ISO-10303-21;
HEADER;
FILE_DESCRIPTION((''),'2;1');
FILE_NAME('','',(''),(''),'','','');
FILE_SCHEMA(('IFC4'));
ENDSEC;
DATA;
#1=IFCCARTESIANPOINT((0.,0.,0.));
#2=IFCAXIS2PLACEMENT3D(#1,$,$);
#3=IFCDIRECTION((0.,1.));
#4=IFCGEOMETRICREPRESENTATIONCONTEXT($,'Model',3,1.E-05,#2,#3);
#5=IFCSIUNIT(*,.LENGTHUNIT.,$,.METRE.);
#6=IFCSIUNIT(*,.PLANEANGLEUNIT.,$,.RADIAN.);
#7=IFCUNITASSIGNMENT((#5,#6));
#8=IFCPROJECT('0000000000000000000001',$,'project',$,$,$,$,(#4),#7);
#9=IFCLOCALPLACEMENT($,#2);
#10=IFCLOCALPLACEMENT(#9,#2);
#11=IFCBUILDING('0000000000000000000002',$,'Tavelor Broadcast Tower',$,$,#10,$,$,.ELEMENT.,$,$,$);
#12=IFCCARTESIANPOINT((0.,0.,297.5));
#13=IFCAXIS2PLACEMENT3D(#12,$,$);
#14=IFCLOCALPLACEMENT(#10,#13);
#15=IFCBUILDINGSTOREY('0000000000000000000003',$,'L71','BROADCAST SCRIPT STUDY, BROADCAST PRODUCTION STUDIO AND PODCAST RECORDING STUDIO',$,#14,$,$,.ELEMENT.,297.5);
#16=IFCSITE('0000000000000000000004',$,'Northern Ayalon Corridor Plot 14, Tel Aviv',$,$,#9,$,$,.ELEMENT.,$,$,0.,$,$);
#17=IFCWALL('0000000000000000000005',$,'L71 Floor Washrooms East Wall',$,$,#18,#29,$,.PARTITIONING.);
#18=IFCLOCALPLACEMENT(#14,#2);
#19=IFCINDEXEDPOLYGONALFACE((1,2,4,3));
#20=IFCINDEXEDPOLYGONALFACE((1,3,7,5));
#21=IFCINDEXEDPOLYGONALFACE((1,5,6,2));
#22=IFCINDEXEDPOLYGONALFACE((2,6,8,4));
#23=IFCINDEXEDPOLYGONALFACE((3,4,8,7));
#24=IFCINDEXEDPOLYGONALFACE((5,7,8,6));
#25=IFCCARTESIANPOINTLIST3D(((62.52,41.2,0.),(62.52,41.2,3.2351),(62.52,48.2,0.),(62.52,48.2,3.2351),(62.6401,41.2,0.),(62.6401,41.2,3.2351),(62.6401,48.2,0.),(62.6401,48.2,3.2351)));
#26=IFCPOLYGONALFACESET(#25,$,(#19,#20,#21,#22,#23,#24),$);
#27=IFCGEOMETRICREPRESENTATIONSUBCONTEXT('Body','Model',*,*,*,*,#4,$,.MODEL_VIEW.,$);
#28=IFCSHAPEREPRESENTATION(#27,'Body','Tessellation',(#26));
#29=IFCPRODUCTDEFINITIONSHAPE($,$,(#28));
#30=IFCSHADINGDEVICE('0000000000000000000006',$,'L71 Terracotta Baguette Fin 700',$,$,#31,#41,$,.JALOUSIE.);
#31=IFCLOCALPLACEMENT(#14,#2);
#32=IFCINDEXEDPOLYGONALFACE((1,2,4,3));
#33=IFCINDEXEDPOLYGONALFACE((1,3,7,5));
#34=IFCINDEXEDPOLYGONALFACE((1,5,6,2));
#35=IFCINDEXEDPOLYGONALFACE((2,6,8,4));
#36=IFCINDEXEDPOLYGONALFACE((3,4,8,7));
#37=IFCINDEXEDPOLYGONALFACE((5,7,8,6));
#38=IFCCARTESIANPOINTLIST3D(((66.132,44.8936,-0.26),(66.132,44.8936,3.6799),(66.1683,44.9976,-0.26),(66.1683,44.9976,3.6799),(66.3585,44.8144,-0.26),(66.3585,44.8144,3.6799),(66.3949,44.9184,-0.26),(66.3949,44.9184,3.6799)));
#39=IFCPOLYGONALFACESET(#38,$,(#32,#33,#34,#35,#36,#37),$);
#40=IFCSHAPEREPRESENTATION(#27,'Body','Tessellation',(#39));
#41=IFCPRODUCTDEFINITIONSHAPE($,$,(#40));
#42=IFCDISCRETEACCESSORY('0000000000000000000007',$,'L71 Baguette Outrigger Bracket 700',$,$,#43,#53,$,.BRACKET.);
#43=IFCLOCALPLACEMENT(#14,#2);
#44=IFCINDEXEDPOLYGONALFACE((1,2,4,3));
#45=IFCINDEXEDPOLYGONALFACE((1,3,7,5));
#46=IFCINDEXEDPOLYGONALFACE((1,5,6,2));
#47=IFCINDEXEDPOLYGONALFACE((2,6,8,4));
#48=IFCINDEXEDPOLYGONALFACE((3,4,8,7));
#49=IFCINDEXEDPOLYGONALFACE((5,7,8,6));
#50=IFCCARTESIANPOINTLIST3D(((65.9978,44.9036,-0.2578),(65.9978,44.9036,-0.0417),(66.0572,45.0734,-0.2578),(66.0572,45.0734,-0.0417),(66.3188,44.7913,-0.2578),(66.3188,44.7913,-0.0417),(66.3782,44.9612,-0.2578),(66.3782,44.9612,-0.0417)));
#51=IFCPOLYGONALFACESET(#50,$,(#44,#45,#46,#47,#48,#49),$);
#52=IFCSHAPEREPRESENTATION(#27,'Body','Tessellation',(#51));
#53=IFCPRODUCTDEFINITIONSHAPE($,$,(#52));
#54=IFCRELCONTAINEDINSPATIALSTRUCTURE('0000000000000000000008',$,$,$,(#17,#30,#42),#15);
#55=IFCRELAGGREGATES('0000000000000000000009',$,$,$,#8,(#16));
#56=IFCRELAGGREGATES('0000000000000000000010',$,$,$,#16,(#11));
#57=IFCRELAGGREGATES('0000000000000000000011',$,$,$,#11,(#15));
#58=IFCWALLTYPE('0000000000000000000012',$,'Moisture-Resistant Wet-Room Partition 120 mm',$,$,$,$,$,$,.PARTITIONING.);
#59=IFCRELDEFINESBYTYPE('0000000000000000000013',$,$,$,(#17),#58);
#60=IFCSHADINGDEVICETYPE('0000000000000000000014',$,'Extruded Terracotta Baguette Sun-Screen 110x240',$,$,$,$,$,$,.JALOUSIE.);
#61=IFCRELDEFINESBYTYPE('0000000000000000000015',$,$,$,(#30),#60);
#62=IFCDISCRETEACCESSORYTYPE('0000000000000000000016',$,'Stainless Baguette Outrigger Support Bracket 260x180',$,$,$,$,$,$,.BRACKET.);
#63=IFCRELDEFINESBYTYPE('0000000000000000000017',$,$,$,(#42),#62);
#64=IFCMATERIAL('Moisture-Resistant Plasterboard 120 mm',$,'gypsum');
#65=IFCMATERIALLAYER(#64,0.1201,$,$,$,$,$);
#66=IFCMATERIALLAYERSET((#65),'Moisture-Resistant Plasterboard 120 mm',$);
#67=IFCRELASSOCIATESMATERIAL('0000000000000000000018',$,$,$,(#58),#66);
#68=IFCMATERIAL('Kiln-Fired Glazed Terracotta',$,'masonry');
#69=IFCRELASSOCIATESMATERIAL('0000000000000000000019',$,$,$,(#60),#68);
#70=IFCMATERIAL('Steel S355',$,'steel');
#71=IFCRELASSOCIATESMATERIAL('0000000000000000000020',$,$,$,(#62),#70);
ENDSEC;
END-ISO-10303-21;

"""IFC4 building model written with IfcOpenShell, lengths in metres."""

from ifc_helpers import new_model, si_unit, direction, frame, frame_2d, origin, origin_2d, place, context, subcontext, project, spatial, rectangle, extrude, source, transform, mapped, material, layer, layer_set, type_object, type_shapes, element, save


model = new_model("IFC4")

# Units and contexts
model_context = context("Model", 3, precision=1e-05, world=origin(), true_north=direction((0.0, 1.0)))
body_context = subcontext(model_context, "Body", "Model", "MODEL_VIEW")
ifc_project = project(units=[si_unit("LENGTHUNIT", "METRE"), si_unit("PLANEANGLEUNIT", "RADIAN")], contexts=[model_context])

# Site, building, storey
site_placement = place(None, origin())
site = spatial("IfcSite", under=ifc_project, at=site_placement, Name="Northern Ayalon Corridor Plot 14, Tel Aviv", CompositionType="ELEMENT", RefElevation=0.0)
building_placement = place(site_placement, origin())
building = spatial("IfcBuilding", under=site, at=building_placement, Name="Tavelor Broadcast Tower", CompositionType="ELEMENT")
storey_placement = place(building_placement, frame((0.0, 0.0, 297.5)))
storey = spatial("IfcBuildingStorey", under=building, at=storey_placement, Name="L71", Description="BROADCAST SCRIPT STUDY, BROADCAST PRODUCTION STUDIO AND PODCAST RECORDING STUDIO", CompositionType="ELEMENT", Elevation=297.5)

# Shared definitions
ifc_material_1 = material(Name="Steel S355", Category="steel")

# Shared definitions
ifc_material_2 = material(Name="Moisture-Resistant Plasterboard 120 mm", Category="gypsum")
ifc_layer_1 = layer(ifc_material_2, 0.1201)
ifc_layer_set_1 = layer_set([ifc_layer_1], Name="Moisture-Resistant Plasterboard 120 mm")
wall_type_1 = type_object("IfcWallType", Name="Moisture-Resistant Wet-Room Partition 120 mm", PredefinedType="PARTITIONING", material=ifc_layer_set_1)

# Wall
wall_1_placement = place(storey_placement, frame((62.5801, 41.2, 0.0), z_axis=(0.0, 0.0, 1.0), x_axis=(0.0, 1.0, 0.0)))
element("IfcWall", 1, at=wall_1_placement, inside=storey, type_object=wall_type_1, Name="L71 Floor Washrooms East Wall", PredefinedType="PARTITIONING", context=body_context, shape_type="SweptSolid", body=[
    extrude(rectangle(XDim=7.0, YDim=0.1201, at=frame_2d((3.5, 0.0))), origin(), (0.0, 0.0, 1.0), 3.2351),
])

# Shading device
ifc_material_3 = material(Name="Kiln-Fired Glazed Terracotta", Category="masonry")
shading_device_type = type_object("IfcShadingDeviceType", Name="Extruded Terracotta Baguette Sun-Screen 110x240", PredefinedType="JALOUSIE", material=ifc_material_3)
shared_shape_1 = source(origin(), body_context, "Body", "SweptSolid", [
    extrude(rectangle(XDim=0.1101, YDim=0.24, at=origin_2d()), origin(), (0.0, 0.0, 1.0), 3.9399),
])
type_shapes(shading_device_type, [shared_shape_1])
shading_device_placement = place(storey_placement, frame((66.2634, 44.906, -0.26), z_axis=(0.0, 0.0, 1.0), x_axis=(0.33002, 0.943974, 0.0)))
element("IfcShadingDevice", 2, at=shading_device_placement, inside=storey, type_object=shading_device_type, Name="L71 Terracotta Baguette Fin 700", PredefinedType="JALOUSIE", context=body_context, shape_type="MappedRepresentation", body=[
    mapped(shared_shape_1, transform((0.0, 0.0, 0.0), scale=1.0)),
])

# Discrete accessory
discrete_accessory_type = type_object("IfcDiscreteAccessoryType", Name="Stainless Baguette Outrigger Support Bracket 260x180", PredefinedType="BRACKET", material=ifc_material_1)
shared_shape_2 = source(origin(), body_context, "Body", "SweptSolid", [
    extrude(rectangle(XDim=0.1799, YDim=0.3401, at=origin_2d()), origin(), (0.0, 0.0, 1.0), 0.2161),
])
type_shapes(discrete_accessory_type, [shared_shape_2])
discrete_accessory_placement = place(storey_placement, frame((66.188, 44.9324, -0.2578), z_axis=(0.0, 0.0, 1.0), x_axis=(0.33002, 0.943974, 0.0)))
element("IfcDiscreteAccessory", 3, at=discrete_accessory_placement, inside=storey, type_object=discrete_accessory_type, Name="L71 Baguette Outrigger Bracket 700", PredefinedType="BRACKET", context=body_context, shape_type="MappedRepresentation", body=[
    mapped(shared_shape_2, transform((0.0, 0.0, 0.0), scale=1.0)),
])

save(model, "model.ifc")
